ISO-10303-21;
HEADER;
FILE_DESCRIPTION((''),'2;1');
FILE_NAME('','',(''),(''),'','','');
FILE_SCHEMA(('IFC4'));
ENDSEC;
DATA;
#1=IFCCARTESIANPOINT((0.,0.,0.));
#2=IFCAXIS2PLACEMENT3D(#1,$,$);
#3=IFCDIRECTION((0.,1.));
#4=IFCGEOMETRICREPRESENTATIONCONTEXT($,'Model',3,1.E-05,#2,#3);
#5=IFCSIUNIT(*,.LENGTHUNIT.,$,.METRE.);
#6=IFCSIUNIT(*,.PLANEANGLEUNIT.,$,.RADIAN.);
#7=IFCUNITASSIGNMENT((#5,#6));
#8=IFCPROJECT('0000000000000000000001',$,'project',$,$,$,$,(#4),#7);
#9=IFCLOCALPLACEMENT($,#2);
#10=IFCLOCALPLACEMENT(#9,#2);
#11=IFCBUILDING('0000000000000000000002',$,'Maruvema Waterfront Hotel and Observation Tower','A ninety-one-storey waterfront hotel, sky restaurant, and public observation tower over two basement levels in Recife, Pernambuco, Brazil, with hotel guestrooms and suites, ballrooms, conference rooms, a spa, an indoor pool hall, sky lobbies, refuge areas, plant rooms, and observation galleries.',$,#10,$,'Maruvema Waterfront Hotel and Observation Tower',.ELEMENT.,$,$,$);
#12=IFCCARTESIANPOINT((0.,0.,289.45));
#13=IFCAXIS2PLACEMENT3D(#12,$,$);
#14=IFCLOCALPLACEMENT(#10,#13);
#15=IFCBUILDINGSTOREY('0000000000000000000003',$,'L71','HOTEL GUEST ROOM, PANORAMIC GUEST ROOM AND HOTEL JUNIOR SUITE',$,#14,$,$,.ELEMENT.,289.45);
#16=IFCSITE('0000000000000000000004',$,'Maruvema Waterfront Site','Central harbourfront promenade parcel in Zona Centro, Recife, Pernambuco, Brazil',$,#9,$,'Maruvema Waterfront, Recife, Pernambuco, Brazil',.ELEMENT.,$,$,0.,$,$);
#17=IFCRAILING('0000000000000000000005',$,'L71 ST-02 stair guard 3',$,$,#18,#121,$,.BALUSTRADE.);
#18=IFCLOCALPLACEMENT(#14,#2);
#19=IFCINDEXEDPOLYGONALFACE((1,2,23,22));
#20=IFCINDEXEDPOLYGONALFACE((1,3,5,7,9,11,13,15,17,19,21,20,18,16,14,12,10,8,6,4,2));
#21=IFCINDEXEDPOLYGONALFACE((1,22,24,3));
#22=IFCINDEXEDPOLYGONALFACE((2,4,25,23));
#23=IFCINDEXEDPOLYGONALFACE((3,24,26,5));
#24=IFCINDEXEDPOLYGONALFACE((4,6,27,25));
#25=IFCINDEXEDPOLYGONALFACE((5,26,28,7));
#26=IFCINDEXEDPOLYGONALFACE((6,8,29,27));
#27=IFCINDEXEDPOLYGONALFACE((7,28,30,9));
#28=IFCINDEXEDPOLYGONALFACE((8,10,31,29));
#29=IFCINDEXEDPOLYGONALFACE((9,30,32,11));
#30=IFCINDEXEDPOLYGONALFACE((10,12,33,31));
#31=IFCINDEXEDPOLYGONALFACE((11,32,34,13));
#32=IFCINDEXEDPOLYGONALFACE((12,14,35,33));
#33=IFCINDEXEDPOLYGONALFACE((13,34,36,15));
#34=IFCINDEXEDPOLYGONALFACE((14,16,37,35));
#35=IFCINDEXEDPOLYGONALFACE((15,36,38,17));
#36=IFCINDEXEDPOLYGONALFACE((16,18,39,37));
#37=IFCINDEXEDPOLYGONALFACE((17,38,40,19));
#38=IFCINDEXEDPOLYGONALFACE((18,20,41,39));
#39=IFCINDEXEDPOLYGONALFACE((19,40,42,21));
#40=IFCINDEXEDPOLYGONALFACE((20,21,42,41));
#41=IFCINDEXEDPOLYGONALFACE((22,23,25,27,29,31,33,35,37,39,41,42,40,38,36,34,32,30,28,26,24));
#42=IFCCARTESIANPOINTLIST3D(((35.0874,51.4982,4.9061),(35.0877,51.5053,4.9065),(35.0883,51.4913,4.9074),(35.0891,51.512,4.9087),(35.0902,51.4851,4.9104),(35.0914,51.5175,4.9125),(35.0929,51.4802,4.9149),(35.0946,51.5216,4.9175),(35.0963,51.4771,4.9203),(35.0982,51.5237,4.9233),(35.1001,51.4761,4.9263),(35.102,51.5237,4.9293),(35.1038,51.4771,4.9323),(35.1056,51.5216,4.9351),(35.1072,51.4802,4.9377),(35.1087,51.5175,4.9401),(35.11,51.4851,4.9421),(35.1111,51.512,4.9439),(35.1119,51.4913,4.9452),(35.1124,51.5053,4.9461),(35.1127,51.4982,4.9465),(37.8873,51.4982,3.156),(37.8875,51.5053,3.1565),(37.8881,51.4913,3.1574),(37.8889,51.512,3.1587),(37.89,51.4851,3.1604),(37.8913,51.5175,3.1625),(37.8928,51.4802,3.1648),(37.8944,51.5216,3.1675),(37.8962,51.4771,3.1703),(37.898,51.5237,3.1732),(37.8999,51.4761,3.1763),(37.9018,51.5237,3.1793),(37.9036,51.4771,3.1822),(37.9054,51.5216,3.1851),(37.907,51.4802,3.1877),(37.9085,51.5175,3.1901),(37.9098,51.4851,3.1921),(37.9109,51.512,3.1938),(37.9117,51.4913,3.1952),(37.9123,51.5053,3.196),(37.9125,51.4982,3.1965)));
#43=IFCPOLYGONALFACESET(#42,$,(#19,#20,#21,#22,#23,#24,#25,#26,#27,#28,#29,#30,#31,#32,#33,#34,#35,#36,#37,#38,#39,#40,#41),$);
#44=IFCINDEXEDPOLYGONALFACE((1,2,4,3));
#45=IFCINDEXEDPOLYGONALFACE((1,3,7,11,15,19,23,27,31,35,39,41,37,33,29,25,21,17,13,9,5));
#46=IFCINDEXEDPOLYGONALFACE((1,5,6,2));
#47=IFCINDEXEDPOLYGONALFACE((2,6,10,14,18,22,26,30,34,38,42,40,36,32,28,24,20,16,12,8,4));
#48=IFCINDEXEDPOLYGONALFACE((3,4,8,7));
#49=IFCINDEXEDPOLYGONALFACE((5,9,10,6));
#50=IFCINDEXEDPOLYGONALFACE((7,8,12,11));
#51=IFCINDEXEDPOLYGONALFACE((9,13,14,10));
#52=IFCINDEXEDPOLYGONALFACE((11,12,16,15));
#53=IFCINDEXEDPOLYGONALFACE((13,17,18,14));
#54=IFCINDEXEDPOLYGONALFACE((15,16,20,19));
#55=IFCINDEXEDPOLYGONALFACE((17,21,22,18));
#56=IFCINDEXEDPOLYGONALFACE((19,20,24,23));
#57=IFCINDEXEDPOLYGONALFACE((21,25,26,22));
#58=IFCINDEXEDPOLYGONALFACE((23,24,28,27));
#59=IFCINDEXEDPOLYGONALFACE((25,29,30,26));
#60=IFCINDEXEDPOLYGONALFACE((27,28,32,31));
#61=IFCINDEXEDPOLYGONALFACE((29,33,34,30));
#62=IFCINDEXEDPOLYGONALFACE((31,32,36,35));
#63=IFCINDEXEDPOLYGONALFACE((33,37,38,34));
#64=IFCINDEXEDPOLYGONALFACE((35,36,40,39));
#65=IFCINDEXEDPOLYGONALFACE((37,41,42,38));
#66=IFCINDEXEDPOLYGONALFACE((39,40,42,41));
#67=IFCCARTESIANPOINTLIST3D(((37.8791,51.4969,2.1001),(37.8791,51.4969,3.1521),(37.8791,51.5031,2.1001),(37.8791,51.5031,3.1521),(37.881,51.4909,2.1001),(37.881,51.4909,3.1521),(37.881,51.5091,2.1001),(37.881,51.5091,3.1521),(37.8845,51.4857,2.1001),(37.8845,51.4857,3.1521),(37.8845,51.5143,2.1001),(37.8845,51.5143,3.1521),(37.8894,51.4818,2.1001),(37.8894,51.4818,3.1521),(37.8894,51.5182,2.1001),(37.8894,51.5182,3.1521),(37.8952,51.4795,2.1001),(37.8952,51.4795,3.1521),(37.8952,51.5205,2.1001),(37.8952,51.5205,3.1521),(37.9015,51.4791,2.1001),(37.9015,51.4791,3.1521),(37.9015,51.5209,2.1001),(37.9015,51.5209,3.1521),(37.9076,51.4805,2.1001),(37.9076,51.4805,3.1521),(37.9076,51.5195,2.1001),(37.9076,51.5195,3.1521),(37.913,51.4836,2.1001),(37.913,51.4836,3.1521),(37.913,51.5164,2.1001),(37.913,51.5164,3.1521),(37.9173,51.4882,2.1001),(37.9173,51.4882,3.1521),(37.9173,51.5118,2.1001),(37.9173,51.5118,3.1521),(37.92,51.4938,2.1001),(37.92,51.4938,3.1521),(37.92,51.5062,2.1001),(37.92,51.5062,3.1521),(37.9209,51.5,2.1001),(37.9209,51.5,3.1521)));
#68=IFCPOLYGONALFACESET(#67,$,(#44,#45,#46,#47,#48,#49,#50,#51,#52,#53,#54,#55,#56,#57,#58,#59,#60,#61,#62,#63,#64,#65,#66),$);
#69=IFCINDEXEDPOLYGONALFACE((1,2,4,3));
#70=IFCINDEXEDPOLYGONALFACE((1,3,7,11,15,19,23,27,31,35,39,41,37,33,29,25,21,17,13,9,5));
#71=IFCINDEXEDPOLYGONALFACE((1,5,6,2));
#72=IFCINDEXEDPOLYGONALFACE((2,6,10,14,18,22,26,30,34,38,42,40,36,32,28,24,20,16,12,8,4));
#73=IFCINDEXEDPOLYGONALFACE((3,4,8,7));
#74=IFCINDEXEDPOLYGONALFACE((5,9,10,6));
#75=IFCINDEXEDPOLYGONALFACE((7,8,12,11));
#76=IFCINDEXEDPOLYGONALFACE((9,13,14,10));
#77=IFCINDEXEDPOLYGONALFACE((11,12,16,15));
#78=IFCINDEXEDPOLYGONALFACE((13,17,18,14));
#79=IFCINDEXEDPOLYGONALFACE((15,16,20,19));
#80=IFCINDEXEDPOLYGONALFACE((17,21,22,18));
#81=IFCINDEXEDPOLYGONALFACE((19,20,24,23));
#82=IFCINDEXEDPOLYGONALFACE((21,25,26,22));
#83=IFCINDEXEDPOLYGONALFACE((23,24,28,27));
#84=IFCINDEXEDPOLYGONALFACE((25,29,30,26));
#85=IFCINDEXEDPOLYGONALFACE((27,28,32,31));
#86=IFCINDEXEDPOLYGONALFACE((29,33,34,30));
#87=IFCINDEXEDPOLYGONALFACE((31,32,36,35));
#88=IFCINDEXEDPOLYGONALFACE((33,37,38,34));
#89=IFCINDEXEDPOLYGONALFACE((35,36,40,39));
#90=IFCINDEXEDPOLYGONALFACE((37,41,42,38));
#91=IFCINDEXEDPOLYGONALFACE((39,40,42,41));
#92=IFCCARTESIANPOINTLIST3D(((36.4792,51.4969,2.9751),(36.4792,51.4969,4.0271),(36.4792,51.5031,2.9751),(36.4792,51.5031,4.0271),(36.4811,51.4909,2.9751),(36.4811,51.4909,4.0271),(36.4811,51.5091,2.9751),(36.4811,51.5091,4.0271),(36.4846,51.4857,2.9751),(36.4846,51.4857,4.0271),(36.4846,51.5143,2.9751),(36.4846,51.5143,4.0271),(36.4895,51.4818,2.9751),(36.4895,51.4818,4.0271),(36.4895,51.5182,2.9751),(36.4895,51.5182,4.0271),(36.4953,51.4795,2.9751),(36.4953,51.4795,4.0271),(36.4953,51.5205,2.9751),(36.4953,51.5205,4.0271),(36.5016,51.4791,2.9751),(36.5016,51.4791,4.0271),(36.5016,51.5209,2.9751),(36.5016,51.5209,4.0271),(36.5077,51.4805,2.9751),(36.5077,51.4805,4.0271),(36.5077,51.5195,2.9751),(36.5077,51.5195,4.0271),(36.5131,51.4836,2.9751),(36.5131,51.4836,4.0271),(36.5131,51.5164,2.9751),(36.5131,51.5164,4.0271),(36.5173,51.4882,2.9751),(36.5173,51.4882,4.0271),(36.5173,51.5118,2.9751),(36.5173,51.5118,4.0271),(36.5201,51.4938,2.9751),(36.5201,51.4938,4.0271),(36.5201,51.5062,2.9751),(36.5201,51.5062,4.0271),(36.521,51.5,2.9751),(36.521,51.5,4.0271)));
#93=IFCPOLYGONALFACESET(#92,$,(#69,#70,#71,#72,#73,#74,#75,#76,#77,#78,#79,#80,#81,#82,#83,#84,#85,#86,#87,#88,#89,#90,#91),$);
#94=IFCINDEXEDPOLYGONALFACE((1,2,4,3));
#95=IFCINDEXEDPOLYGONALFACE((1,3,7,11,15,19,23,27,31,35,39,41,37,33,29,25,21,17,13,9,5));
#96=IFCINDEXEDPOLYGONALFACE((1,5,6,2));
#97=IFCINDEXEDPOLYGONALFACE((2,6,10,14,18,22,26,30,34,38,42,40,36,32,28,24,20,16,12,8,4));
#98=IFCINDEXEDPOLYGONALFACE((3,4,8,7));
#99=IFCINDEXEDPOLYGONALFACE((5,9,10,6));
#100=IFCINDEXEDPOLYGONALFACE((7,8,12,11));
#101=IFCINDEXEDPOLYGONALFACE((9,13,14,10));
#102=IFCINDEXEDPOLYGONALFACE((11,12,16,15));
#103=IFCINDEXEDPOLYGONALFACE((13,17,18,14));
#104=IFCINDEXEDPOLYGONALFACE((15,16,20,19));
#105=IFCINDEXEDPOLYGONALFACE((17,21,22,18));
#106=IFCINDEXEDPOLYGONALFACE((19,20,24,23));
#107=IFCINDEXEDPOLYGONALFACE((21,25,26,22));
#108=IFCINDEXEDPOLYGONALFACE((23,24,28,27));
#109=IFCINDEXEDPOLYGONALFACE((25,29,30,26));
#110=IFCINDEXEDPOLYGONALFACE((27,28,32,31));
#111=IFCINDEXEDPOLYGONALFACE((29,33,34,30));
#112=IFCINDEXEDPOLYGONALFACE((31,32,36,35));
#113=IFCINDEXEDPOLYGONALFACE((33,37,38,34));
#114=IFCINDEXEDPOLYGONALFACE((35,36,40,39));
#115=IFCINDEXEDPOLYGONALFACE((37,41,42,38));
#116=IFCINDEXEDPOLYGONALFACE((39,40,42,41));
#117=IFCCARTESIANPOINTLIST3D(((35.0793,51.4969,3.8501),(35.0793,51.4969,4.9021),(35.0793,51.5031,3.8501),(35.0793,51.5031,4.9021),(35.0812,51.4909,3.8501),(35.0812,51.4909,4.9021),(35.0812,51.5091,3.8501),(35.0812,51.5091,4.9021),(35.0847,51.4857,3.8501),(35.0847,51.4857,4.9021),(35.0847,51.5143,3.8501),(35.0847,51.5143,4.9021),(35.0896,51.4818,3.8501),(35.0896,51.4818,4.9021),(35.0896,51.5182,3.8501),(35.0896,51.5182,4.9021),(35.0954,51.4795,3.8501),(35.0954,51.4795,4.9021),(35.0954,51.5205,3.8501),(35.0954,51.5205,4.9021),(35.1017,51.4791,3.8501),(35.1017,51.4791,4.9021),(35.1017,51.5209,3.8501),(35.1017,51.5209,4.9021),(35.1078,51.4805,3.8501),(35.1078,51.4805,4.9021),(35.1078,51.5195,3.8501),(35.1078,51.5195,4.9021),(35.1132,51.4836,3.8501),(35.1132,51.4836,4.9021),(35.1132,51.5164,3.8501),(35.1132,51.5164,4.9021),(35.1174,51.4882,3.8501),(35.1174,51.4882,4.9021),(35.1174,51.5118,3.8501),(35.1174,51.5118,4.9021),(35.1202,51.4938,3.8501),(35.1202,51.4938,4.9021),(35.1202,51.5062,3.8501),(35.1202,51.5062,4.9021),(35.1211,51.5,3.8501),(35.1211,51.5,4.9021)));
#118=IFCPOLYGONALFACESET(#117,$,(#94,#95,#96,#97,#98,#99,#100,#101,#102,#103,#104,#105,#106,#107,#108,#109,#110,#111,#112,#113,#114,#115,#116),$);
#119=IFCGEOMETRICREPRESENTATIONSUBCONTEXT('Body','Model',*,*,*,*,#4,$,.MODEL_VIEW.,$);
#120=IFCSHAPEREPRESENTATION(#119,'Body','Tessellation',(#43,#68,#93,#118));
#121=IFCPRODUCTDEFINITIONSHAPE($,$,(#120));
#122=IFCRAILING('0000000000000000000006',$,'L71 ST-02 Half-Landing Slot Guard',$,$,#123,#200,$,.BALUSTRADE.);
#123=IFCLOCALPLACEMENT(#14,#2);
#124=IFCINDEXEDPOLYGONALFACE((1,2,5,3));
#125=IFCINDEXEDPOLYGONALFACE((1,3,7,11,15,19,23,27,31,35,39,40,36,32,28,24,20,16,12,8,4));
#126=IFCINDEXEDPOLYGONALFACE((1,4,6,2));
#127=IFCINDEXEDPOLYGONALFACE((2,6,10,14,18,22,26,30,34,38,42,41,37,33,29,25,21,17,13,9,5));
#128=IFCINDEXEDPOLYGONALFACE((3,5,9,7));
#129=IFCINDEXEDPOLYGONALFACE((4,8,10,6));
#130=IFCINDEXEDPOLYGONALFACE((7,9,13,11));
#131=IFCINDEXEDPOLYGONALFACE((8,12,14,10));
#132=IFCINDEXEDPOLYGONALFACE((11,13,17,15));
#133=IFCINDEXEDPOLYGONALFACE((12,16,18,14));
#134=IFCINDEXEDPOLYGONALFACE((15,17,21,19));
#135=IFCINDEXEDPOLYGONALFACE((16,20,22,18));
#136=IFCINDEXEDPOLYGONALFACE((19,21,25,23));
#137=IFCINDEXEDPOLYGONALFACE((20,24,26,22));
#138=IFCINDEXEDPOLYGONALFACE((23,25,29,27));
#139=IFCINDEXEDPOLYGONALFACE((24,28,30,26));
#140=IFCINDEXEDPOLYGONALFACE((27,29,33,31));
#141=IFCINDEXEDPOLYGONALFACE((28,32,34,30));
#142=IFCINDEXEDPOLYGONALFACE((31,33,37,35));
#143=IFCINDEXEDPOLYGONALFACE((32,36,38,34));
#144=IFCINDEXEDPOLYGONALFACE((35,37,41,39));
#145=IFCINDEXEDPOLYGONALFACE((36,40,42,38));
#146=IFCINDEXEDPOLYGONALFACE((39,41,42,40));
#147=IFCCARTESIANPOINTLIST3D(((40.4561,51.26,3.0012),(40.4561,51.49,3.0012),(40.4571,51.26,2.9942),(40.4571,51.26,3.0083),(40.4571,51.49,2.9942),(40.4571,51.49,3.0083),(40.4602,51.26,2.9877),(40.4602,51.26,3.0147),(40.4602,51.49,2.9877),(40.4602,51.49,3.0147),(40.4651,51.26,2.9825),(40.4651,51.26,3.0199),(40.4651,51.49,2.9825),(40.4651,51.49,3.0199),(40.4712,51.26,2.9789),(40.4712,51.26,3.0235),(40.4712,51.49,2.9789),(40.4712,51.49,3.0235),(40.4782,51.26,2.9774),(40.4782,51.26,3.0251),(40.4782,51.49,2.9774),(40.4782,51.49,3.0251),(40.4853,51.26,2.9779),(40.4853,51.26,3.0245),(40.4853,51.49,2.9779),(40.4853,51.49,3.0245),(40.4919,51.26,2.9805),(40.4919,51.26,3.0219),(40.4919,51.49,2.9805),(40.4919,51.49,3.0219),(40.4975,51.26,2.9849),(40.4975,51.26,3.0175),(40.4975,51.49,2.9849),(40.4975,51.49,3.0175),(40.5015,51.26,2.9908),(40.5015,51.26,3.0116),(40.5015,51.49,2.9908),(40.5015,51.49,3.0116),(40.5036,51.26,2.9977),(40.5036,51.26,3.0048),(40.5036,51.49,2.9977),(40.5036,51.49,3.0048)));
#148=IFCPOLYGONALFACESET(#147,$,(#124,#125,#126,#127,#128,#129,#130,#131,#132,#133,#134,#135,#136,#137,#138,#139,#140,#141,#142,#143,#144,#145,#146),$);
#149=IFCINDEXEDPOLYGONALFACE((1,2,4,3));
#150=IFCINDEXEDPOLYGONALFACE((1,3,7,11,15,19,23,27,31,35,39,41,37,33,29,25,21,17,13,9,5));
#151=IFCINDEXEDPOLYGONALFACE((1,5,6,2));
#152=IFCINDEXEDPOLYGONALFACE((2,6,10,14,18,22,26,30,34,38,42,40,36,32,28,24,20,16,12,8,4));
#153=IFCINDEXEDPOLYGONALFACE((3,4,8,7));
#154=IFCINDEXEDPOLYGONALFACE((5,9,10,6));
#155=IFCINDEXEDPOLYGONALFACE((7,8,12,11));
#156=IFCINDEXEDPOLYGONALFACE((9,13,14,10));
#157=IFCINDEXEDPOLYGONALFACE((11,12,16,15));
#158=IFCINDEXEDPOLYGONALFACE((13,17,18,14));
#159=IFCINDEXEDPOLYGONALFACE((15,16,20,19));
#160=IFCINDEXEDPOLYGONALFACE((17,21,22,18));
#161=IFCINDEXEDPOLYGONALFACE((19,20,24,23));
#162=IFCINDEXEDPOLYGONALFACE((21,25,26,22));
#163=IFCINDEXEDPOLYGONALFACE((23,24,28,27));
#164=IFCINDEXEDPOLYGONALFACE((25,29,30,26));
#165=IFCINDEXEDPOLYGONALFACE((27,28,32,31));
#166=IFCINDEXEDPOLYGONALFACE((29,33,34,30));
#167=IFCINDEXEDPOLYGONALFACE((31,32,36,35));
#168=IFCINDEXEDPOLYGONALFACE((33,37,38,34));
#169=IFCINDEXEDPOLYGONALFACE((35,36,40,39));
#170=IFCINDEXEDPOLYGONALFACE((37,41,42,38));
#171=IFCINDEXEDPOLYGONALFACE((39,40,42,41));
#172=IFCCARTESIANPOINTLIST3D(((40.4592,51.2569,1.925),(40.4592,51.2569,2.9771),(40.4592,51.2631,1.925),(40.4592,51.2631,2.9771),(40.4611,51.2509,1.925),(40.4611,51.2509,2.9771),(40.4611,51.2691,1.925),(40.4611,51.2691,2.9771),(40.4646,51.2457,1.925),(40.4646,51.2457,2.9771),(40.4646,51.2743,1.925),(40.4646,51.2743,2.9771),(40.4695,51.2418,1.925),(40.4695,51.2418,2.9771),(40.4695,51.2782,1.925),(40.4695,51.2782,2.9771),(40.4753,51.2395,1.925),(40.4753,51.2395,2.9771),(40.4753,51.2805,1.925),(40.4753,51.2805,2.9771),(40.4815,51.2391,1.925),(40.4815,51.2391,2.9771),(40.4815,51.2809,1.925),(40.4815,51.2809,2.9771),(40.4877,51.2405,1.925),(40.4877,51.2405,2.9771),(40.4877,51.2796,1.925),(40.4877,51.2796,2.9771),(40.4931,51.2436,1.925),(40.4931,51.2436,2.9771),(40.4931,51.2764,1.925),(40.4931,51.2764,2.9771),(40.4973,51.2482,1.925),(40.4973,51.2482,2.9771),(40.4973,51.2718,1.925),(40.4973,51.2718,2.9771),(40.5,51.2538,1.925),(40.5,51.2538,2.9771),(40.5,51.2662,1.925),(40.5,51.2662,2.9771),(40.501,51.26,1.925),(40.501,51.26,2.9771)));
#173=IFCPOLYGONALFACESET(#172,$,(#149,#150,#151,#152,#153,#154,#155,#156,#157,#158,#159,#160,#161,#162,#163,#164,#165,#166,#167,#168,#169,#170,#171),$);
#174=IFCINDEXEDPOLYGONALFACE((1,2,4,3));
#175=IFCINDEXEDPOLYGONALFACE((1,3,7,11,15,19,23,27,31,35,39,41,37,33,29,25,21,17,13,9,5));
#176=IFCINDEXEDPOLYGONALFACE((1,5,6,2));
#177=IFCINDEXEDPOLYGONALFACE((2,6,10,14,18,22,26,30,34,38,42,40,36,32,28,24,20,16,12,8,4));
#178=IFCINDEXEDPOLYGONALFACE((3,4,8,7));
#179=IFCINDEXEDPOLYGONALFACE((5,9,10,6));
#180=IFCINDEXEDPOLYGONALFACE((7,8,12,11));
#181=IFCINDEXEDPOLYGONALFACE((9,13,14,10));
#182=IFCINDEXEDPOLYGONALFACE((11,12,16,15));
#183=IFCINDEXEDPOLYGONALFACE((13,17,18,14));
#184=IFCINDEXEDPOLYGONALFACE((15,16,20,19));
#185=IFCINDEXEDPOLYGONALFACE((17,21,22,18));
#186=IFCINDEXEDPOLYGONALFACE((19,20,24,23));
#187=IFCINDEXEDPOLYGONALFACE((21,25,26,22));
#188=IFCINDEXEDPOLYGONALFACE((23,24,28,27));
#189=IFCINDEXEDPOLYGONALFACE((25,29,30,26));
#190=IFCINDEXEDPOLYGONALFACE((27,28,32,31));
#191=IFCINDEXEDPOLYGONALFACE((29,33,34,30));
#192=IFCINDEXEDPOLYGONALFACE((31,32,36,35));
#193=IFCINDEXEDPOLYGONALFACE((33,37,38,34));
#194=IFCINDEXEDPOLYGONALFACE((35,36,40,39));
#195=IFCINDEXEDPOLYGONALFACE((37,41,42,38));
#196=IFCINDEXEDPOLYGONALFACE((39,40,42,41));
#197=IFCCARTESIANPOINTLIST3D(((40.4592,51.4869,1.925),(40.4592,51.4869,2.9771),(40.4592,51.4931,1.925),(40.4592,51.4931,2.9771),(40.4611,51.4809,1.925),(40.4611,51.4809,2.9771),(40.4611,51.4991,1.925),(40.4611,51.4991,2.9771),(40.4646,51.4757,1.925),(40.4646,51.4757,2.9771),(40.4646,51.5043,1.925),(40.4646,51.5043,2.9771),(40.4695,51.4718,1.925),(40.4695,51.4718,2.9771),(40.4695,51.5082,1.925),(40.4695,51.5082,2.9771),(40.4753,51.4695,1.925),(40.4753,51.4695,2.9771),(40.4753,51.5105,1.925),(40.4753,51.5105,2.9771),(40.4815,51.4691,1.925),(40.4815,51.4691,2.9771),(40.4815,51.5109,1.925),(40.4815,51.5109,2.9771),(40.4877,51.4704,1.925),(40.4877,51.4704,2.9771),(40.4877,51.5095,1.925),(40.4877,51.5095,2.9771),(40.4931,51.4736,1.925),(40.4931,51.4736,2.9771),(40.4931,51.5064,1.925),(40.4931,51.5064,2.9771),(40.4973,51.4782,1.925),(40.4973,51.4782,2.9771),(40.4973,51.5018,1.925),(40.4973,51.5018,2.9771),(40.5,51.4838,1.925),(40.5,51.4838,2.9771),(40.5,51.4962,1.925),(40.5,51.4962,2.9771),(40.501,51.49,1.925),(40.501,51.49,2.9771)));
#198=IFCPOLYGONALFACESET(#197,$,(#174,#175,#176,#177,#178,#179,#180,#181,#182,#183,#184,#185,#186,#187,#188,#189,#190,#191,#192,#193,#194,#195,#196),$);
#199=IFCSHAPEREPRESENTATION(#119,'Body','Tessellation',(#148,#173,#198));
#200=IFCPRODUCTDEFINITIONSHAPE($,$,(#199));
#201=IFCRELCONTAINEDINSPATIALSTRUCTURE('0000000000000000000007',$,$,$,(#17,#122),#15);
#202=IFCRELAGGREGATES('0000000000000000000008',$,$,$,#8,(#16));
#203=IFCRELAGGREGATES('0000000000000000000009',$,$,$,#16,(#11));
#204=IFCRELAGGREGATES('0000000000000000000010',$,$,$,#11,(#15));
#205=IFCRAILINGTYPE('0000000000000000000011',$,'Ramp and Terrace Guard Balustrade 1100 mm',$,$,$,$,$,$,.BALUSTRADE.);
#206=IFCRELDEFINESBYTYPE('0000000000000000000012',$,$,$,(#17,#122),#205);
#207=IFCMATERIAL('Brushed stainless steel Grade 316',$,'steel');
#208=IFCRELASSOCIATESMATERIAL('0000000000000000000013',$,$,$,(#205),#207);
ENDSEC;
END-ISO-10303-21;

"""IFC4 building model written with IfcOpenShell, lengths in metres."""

from ifc_helpers import new_model, si_unit, direction, frame, origin, origin_2d, place, context, subcontext, project, spatial, circle, extrude, material, type_object, element, save


model = new_model("IFC4")

# Units and contexts
model_context = context("Model", 3, precision=1e-05, world=origin(), true_north=direction((0.0, 1.0)))
body_context = subcontext(model_context, "Body", "Model", "MODEL_VIEW")
ifc_project = project(units=[si_unit("LENGTHUNIT", "METRE"), si_unit("PLANEANGLEUNIT", "RADIAN")], contexts=[model_context])

# Site, building, storey
site_placement = place(None, origin())
site = spatial("IfcSite", under=ifc_project, at=site_placement, Name="Maruvema Waterfront Site", Description="Central harbourfront promenade parcel in Zona Centro, Recife, Pernambuco, Brazil", LongName="Maruvema Waterfront, Recife, Pernambuco, Brazil", CompositionType="ELEMENT", RefElevation=0.0)
building_placement = place(site_placement, origin())
building = spatial("IfcBuilding", under=site, at=building_placement, Name="Maruvema Waterfront Hotel and Observation Tower", Description="A ninety-one-storey waterfront hotel, sky restaurant, and public observation tower over two basement levels in Recife, Pernambuco, Brazil, with hotel guestrooms and suites, ballrooms, conference rooms, a spa, an indoor pool hall, sky lobbies, refuge areas, plant rooms, and observation galleries.", LongName="Maruvema Waterfront Hotel and Observation Tower", CompositionType="ELEMENT")
storey_placement = place(building_placement, frame((0.0, 0.0, 289.45)))
storey = spatial("IfcBuildingStorey", under=building, at=storey_placement, Name="L71", Description="HOTEL GUEST ROOM, PANORAMIC GUEST ROOM AND HOTEL JUNIOR SUITE", CompositionType="ELEMENT", Elevation=289.45)

# Railings
ifc_material_1 = material(Name="Brushed stainless steel Grade 316", Category="steel")
railing_type_1 = type_object("IfcRailingType", Name="Ramp and Terrace Guard Balustrade 1100 mm", PredefinedType="BALUSTRADE", material=ifc_material_1)
railing_1_placement = place(storey_placement, frame((37.8999, 51.5, 2.1001)))
element("IfcRailing", 1, at=railing_1_placement, inside=storey, type_object=railing_type_1, Name="L71 ST-02 stair guard 3", PredefinedType="BALUSTRADE", context=body_context, shape_type="SweptSolid", body=[
    extrude(circle(Radius=0.0239, at=origin_2d()), frame((0.0, 0.0, 1.0762), z_axis=(-0.847982, 0.0, 0.530026), x_axis=(0.0, -1.0, 0.0)), (0.0, 0.0, 1.0), 3.3018),
    extrude(circle(Radius=0.021, at=origin_2d()), origin(), (0.0, 0.0, 1.0), 1.052),
    extrude(circle(Radius=0.021, at=origin_2d()), frame((-1.3999, 0.0, 0.875)), (0.0, 0.0, 1.0), 1.052),
    extrude(circle(Radius=0.021, at=origin_2d()), frame((-2.7998, 0.0, 1.75)), (0.0, 0.0, 1.0), 1.052),
])
railing_2_placement = place(storey_placement, frame((40.48, 51.26, 1.925)))
element("IfcRailing", 2, at=railing_2_placement, inside=storey, type_object=railing_type_1, Name="L71 ST-02 Half-Landing Slot Guard", PredefinedType="BALUSTRADE", context=body_context, shape_type="SweptSolid", body=[
    extrude(circle(Radius=0.0239, at=origin_2d()), frame((0.0, 0.0, 1.0762), z_axis=(0.0, 1.0, 0.0), x_axis=(-1.0, 0.0, 0.0)), (0.0, 0.0, 1.0), 0.23),
    extrude(circle(Radius=0.021, at=origin_2d()), origin(), (0.0, 0.0, 1.0), 1.052),
    extrude(circle(Radius=0.021, at=origin_2d()), frame((0.0, 0.23, 0.0)), (0.0, 0.0, 1.0), 1.052),
])

save(model, "model.ifc")
